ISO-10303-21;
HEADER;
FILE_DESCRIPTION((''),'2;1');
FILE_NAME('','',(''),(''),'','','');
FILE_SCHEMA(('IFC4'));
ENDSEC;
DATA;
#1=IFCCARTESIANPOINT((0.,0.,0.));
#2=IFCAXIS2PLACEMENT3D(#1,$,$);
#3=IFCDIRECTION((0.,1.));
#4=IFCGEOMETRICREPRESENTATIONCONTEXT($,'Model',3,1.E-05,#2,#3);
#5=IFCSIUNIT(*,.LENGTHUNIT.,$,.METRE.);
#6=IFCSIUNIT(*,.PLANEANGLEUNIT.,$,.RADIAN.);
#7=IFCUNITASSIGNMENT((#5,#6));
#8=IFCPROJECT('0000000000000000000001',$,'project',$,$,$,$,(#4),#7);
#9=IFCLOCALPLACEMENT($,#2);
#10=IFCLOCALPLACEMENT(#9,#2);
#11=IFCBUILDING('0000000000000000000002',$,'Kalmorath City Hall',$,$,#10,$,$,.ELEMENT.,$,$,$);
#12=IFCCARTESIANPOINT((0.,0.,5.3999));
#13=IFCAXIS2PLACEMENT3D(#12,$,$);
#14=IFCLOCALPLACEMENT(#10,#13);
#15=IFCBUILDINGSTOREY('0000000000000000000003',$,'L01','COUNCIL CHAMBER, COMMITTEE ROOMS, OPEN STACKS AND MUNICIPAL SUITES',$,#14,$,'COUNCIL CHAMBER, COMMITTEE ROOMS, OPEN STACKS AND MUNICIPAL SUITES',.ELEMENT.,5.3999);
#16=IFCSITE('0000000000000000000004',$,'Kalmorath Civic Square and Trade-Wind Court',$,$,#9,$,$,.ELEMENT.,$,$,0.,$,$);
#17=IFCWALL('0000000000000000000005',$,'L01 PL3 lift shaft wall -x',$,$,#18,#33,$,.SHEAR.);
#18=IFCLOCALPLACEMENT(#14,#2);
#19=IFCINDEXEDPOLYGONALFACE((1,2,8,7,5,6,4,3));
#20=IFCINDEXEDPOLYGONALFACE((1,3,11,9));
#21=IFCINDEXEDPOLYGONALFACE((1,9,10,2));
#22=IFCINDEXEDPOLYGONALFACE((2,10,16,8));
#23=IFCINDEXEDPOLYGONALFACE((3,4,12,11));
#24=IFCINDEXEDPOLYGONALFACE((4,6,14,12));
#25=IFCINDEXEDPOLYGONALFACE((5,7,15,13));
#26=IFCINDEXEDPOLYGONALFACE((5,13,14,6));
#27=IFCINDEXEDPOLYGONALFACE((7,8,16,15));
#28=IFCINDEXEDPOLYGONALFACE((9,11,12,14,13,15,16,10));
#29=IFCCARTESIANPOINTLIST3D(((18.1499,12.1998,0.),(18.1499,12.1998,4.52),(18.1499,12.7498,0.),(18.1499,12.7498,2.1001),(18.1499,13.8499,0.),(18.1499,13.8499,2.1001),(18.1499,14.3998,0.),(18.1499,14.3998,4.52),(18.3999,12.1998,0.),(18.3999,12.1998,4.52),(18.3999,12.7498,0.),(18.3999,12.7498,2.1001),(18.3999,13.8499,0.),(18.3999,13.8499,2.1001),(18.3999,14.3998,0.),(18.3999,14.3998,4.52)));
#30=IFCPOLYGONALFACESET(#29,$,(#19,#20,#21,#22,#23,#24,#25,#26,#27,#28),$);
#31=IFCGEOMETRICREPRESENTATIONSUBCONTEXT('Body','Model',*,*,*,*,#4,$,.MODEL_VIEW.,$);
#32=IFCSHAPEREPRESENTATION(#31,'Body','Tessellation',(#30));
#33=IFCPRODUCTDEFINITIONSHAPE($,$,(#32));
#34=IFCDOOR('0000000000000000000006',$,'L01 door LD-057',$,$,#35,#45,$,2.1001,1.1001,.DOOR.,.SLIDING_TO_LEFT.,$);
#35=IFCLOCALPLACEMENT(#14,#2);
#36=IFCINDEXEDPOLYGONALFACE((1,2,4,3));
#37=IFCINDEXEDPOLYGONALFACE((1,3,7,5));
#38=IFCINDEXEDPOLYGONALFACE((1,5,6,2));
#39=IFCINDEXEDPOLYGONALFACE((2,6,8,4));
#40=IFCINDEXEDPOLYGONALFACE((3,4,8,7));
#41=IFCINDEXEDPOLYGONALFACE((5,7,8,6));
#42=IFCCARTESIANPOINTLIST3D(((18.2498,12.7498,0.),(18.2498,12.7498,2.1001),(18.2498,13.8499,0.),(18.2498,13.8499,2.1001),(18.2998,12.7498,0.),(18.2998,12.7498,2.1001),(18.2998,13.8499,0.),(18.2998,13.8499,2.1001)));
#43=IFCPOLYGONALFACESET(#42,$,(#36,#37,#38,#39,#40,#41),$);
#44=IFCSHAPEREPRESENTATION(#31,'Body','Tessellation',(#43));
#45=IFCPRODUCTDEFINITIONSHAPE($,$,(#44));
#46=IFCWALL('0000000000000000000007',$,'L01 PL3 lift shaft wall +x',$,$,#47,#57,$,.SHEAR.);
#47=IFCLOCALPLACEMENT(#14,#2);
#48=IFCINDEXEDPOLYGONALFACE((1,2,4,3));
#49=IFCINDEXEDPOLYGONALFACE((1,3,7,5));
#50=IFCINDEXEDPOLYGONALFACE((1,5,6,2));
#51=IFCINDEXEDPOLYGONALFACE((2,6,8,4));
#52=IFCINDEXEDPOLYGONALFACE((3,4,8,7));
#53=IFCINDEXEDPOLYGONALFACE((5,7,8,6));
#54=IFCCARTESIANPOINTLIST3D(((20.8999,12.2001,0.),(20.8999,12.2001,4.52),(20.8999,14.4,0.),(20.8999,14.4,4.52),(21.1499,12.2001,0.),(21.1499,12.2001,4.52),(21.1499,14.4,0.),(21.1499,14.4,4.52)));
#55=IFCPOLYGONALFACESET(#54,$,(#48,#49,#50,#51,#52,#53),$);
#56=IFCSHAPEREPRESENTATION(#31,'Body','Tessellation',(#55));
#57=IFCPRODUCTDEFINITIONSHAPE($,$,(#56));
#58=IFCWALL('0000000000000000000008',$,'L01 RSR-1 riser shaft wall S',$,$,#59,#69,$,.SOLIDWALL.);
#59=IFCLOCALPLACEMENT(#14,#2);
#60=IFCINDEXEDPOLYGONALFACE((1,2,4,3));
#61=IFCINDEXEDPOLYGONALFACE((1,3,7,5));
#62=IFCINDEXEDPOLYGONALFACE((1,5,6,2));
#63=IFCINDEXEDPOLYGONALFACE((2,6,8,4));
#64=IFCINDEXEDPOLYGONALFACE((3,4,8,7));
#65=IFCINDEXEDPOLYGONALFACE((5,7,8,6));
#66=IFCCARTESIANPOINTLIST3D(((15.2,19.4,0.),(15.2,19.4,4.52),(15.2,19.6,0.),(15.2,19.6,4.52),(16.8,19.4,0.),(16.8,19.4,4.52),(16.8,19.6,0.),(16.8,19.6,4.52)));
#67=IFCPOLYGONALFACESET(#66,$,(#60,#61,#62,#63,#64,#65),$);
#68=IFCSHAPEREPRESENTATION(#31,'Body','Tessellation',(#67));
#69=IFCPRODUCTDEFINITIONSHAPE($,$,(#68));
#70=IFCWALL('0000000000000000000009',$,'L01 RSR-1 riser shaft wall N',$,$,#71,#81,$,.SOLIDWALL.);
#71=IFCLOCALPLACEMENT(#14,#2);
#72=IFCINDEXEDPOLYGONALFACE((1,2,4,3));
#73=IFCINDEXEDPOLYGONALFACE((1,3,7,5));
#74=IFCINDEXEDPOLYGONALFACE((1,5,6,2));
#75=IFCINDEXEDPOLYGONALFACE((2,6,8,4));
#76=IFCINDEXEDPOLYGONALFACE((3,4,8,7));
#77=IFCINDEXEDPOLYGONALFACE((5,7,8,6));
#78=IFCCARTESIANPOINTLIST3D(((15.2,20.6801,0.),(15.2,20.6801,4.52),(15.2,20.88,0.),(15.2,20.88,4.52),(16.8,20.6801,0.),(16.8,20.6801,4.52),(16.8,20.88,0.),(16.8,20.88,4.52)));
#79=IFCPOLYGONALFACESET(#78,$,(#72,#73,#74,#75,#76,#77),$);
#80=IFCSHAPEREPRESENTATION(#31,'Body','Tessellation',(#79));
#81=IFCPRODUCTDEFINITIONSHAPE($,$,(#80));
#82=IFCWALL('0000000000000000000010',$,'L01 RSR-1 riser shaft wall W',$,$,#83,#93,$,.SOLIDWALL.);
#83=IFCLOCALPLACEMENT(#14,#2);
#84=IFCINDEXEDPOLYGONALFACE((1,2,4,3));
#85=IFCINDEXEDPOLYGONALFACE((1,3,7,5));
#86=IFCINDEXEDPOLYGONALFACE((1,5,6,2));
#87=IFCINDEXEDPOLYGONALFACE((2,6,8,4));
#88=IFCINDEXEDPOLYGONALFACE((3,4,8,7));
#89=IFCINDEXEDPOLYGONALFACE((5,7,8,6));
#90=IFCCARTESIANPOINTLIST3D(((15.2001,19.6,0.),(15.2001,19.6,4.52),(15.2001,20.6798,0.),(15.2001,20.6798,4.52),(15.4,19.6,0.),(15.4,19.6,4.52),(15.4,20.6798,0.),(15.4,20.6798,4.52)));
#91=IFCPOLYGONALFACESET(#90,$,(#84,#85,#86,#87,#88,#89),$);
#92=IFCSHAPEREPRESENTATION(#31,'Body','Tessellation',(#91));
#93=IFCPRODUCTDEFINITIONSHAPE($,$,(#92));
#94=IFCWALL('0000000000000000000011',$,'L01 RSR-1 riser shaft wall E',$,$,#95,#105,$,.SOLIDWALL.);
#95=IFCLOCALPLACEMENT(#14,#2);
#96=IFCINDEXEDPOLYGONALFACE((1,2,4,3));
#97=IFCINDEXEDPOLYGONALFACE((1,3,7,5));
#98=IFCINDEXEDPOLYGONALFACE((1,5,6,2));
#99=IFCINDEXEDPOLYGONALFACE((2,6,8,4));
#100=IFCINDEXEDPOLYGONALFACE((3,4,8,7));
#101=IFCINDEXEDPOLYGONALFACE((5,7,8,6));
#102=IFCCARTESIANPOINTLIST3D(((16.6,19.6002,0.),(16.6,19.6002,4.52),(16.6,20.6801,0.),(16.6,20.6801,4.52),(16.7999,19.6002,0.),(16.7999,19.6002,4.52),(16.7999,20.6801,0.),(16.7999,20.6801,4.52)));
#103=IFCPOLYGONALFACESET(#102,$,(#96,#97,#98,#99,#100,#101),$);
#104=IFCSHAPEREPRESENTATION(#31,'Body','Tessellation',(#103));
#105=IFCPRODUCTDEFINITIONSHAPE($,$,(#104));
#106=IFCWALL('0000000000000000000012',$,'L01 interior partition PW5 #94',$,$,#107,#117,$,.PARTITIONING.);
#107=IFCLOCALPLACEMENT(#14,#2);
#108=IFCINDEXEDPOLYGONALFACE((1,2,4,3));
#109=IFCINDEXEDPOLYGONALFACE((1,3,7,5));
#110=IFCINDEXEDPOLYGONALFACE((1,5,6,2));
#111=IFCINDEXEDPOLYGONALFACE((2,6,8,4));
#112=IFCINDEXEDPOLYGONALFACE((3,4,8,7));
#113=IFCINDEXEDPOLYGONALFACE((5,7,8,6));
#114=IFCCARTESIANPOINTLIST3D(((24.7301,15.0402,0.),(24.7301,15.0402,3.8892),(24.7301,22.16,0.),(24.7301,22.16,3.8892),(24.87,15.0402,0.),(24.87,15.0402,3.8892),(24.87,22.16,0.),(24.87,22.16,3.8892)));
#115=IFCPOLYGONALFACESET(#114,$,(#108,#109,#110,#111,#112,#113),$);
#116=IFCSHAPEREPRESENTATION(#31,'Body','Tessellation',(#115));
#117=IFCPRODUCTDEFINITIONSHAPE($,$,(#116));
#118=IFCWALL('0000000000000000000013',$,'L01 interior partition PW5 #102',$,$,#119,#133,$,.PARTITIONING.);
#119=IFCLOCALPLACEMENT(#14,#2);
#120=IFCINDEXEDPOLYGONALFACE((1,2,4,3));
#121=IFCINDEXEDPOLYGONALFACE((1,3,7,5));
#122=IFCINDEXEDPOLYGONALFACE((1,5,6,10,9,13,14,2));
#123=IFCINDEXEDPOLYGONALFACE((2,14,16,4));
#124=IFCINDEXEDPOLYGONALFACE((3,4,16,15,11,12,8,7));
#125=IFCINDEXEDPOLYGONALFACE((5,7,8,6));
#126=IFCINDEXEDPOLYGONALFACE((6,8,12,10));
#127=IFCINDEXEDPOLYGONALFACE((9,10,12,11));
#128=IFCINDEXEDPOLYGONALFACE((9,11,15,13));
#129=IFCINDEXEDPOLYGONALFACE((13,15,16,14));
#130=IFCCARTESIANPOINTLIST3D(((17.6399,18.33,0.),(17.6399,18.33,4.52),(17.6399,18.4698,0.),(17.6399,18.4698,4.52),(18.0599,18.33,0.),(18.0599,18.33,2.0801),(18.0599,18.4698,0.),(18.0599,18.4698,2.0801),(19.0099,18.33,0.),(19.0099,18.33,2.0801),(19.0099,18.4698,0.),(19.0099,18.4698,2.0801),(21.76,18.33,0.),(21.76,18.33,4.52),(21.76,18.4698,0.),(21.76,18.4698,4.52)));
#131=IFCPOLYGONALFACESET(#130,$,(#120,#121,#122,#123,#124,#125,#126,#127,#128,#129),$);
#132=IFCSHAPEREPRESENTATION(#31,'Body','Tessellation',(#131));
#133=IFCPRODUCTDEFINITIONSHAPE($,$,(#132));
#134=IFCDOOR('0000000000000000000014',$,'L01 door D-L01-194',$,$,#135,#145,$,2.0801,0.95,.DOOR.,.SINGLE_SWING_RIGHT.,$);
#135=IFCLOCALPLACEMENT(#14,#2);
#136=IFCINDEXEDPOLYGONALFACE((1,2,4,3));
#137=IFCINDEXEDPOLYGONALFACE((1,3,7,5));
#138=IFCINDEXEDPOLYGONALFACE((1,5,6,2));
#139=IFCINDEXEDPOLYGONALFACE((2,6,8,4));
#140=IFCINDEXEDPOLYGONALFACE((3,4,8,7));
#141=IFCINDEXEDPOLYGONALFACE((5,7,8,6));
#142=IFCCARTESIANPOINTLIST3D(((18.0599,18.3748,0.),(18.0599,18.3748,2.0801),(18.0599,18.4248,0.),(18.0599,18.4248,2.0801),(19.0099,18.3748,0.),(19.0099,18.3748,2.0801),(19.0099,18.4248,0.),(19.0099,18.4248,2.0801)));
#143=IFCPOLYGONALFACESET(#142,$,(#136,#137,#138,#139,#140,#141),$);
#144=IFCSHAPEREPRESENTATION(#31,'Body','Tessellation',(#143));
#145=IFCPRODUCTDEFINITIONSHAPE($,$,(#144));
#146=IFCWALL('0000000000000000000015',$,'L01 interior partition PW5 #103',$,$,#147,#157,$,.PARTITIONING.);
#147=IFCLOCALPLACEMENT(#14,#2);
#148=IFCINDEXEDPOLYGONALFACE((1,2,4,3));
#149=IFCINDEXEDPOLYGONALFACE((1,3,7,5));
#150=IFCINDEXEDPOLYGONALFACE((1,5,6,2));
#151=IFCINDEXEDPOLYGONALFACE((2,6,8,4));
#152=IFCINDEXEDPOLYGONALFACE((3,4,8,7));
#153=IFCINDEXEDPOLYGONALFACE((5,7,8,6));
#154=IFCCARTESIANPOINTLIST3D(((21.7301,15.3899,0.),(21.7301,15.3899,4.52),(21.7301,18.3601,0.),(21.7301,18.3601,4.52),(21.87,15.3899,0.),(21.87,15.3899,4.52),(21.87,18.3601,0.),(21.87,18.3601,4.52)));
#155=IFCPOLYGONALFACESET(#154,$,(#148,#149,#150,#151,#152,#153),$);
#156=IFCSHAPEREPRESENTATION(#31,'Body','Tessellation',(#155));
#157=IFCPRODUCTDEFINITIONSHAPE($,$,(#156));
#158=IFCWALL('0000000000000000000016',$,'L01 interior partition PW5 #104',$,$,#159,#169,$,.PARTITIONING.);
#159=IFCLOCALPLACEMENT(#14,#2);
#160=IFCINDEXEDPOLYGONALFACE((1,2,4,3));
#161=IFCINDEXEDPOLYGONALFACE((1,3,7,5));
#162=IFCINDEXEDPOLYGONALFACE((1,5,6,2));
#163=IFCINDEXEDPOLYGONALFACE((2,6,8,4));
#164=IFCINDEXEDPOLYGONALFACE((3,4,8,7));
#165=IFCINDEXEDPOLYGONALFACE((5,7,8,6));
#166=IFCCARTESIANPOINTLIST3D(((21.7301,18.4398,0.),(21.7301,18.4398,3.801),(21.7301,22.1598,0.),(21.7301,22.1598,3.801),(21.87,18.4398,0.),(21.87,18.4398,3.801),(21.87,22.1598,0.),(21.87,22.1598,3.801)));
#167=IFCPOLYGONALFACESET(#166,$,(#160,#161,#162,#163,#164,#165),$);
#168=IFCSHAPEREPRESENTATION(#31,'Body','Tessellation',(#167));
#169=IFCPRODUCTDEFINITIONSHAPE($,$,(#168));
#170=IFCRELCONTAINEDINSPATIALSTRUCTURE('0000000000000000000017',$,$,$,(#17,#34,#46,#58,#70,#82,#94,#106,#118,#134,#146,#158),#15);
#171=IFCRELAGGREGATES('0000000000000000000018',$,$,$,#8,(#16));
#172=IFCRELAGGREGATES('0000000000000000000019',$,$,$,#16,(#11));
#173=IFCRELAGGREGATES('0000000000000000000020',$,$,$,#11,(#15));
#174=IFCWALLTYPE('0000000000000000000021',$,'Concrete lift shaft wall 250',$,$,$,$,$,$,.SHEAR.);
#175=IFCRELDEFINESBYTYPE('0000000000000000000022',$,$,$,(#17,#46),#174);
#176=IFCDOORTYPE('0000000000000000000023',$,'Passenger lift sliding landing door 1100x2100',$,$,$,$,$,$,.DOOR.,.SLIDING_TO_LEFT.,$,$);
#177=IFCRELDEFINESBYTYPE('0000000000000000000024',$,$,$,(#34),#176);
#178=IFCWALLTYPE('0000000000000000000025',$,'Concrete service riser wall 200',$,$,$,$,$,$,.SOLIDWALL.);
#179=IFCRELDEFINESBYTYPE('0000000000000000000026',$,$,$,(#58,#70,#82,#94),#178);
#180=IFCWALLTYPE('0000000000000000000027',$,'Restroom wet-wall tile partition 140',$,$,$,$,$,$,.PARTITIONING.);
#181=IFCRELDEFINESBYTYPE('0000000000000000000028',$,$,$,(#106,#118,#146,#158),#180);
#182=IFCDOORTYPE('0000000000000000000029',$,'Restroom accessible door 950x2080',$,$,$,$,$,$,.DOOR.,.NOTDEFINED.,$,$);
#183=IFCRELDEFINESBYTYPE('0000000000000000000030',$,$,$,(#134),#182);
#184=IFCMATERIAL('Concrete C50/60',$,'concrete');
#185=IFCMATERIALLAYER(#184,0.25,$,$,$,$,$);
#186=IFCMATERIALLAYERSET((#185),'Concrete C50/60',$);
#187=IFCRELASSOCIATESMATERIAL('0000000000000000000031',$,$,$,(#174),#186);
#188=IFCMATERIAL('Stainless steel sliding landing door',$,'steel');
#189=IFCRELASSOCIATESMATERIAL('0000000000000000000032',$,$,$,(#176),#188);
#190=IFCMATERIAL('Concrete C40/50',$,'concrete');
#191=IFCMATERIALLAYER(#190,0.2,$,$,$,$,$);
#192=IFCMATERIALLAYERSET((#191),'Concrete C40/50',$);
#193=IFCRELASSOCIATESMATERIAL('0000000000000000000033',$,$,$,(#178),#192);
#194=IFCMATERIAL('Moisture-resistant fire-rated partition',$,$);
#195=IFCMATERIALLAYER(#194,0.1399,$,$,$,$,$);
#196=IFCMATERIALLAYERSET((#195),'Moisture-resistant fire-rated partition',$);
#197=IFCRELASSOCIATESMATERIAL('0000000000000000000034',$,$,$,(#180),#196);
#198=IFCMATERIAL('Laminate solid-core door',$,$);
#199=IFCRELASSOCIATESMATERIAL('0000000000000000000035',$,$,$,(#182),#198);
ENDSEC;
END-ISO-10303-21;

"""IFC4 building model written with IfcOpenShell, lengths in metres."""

from ifc_helpers import new_model, si_unit, direction, frame, frame_2d, origin, place, context, subcontext, project, spatial, rectangle, extrude, material, layer, layer_set, type_object, element, fill, save


model = new_model("IFC4")

# Units and contexts
model_context = context("Model", 3, precision=1e-05, world=origin(), true_north=direction((0.0, 1.0)))
body_context = subcontext(model_context, "Body", "Model", "MODEL_VIEW")
ifc_project = project(units=[si_unit("LENGTHUNIT", "METRE"), si_unit("PLANEANGLEUNIT", "RADIAN")], contexts=[model_context])

# Site, building, storey
site_placement = place(None, origin())
site = spatial("IfcSite", under=ifc_project, at=site_placement, Name="Kalmorath Civic Square and Trade-Wind Court", CompositionType="ELEMENT", RefElevation=0.0)
building_placement = place(site_placement, origin())
building = spatial("IfcBuilding", under=site, at=building_placement, Name="Kalmorath City Hall", CompositionType="ELEMENT")
storey_placement = place(building_placement, frame((0.0, 0.0, 5.3999)))
storey = spatial("IfcBuildingStorey", under=building, at=storey_placement, Name="L01", Description="COUNCIL CHAMBER, COMMITTEE ROOMS, OPEN STACKS AND MUNICIPAL SUITES", LongName="COUNCIL CHAMBER, COMMITTEE ROOMS, OPEN STACKS AND MUNICIPAL SUITES", CompositionType="ELEMENT", Elevation=5.3999)

# Shared definitions
ifc_material_1 = material(Name="Concrete C50/60", Category="concrete")
ifc_layer_1 = layer(ifc_material_1, 0.25)
ifc_layer_set_1 = layer_set([ifc_layer_1], Name="Concrete C50/60")
wall_type_1 = type_object("IfcWallType", Name="Concrete lift shaft wall 250", PredefinedType="SHEAR", material=ifc_layer_set_1)

# Wall, opening, door
wall_1_placement = place(storey_placement, frame((18.2749, 14.3999, 0.0), z_axis=(0.0, 0.0, 1.0), x_axis=(0.0, -1.0, 0.0)))
wall_1 = element("IfcWall", 1, at=wall_1_placement, inside=storey, type_object=wall_type_1, Name="L01 PL3 lift shaft wall -x", PredefinedType="SHEAR", context=body_context, shape_type="SweptSolid", body=[
    extrude(rectangle(XDim=2.2, YDim=0.25, at=frame_2d((1.1001, 0.0))), origin(), (0.0, 0.0, 1.0), 4.52),
])
opening_1_placement = place(wall_1_placement, frame((0.55, 0.0, 0.0)))
opening_1 = element("IfcOpeningElement", 2, at=opening_1_placement, cuts=wall_1, PredefinedType="OPENING", context=body_context, shape_type="SweptSolid", body=[
    extrude(rectangle(XDim=1.1001, YDim=2.1001, at=frame_2d((0.55, 1.05))), frame((0.0, 0.135, 0.0), z_axis=(0.0, -1.0, 0.0), x_axis=(1.0, 0.0, 0.0)), (0.0, 0.0, 1.0), 0.27),
])
ifc_material_2 = material(Name="Stainless steel sliding landing door", Category="steel")
door_type_1 = type_object("IfcDoorType", Name="Passenger lift sliding landing door 1100x2100", OperationType="SLIDING_TO_LEFT", PredefinedType="DOOR", material=ifc_material_2)
door_1_placement = place(opening_1_placement, origin())
door_1 = element("IfcDoor", 3, at=door_1_placement, inside=storey, type_object=door_type_1, Name="L01 door LD-057", OperationType="SLIDING_TO_LEFT", OverallHeight=2.1001, OverallWidth=1.1001, PredefinedType="DOOR", context=body_context, shape_type="SweptSolid", body=[
    extrude(rectangle(XDim=1.1001, YDim=2.1001, at=frame_2d((0.55, 1.05))), frame((0.0, 0.0249, 0.0), z_axis=(0.0, -1.0, 0.0), x_axis=(1.0, 0.0, 0.0)), (0.0, 0.0, 1.0), 0.05),
])
fill(opening_1, door_1)

# Walls
wall_2_placement = place(storey_placement, frame((21.0249, 12.2, 0.0), z_axis=(0.0, 0.0, 1.0), x_axis=(0.0, 1.0, 0.0)))
element("IfcWall", 4, at=wall_2_placement, inside=storey, type_object=wall_type_1, Name="L01 PL3 lift shaft wall +x", PredefinedType="SHEAR", context=body_context, shape_type="SweptSolid", body=[
    extrude(rectangle(XDim=2.2, YDim=0.25, at=frame_2d((1.1001, 0.0))), origin(), (0.0, 0.0, 1.0), 4.52),
])
ifc_material_3 = material(Name="Concrete C40/50", Category="concrete")
ifc_layer_2 = layer(ifc_material_3, 0.2)
ifc_layer_set_2 = layer_set([ifc_layer_2], Name="Concrete C40/50")
wall_type_2 = type_object("IfcWallType", Name="Concrete service riser wall 200", PredefinedType="SOLIDWALL", material=ifc_layer_set_2)
for number, where, z_axis, x_axis, name in (
    (5, (15.2, 19.5, 0.0), (0.0, 0.0, 1.0), (1.0, 0.0, 0.0), "L01 RSR-1 riser shaft wall S"),
    (6, (16.8, 20.78, 0.0), (0.0, 0.0, 1.0), (-1.0, 0.0, 0.0), "L01 RSR-1 riser shaft wall N"),
):
    element("IfcWall", number, at=place(storey_placement, frame(where, z_axis=z_axis, x_axis=x_axis)), inside=storey, type_object=wall_type_2, Name=name, PredefinedType="SOLIDWALL", context=body_context, shape_type="SweptSolid", body=[
        extrude(rectangle(XDim=1.6001, YDim=0.2, at=frame_2d((0.8, 0.0))), origin(), (0.0, 0.0, 1.0), 4.52),
    ])
for number, where, z_axis, x_axis, name in (
    (7, (15.3, 20.6799, 0.0), (0.0, 0.0, 1.0), (0.0, -1.0, 0.0), "L01 RSR-1 riser shaft wall W"),
    (8, (16.7, 19.6001, 0.0), (0.0, 0.0, 1.0), (0.0, 1.0, 0.0), "L01 RSR-1 riser shaft wall E"),
):
    element("IfcWall", number, at=place(storey_placement, frame(where, z_axis=z_axis, x_axis=x_axis)), inside=storey, type_object=wall_type_2, Name=name, PredefinedType="SOLIDWALL", context=body_context, shape_type="SweptSolid", body=[
        extrude(rectangle(XDim=1.0798, YDim=0.2, at=frame_2d((0.54, 0.0))), origin(), (0.0, 0.0, 1.0), 4.52),
    ])
ifc_material_4 = material(Name="Moisture-resistant fire-rated partition")
ifc_layer_3 = layer(ifc_material_4, 0.1399)
ifc_layer_set_3 = layer_set([ifc_layer_3], Name="Moisture-resistant fire-rated partition")
wall_type_3 = type_object("IfcWallType", Name="Restroom wet-wall tile partition 140", PredefinedType="PARTITIONING", material=ifc_layer_set_3)
wall_3_placement = place(storey_placement, frame((24.8, 15.04, 0.0), z_axis=(0.0, 0.0, 1.0), x_axis=(0.0, 1.0, 0.0)))
element("IfcWall", 9, at=wall_3_placement, inside=storey, type_object=wall_type_3, Name="L01 interior partition PW5 #94", PredefinedType="PARTITIONING", context=body_context, shape_type="SweptSolid", body=[
    extrude(rectangle(XDim=7.1199, YDim=0.1399, at=frame_2d((3.5601, 0.0))), origin(), (0.0, 0.0, 1.0), 3.8892),
])

# Wall, opening, door
wall_4_placement = place(storey_placement, frame((17.6399, 18.3999, 0.0), z_axis=(0.0, 0.0, 1.0), x_axis=(1.0, 0.0, 0.0)))
wall_4 = element("IfcWall", 10, at=wall_4_placement, inside=storey, type_object=wall_type_3, Name="L01 interior partition PW5 #102", PredefinedType="PARTITIONING", context=body_context, shape_type="SweptSolid", body=[
    extrude(rectangle(XDim=4.1201, YDim=0.1399, at=frame_2d((2.0601, 0.0))), origin(), (0.0, 0.0, 1.0), 4.52),
])
opening_2_placement = place(wall_4_placement, frame((0.4199, 0.0, 0.0)))
opening_2 = element("IfcOpeningElement", 11, at=opening_2_placement, cuts=wall_4, PredefinedType="OPENING", context=body_context, shape_type="SweptSolid", body=[
    extrude(rectangle(XDim=0.95, YDim=2.0801, at=frame_2d((0.4751, 1.04))), frame((0.0, 0.0798, 0.0), z_axis=(0.0, -1.0, 0.0), x_axis=(1.0, 0.0, 0.0)), (0.0, 0.0, 1.0), 0.1599),
])
ifc_material_5 = material(Name="Laminate solid-core door")
door_type_2 = type_object("IfcDoorType", Name="Restroom accessible door 950x2080", OperationType="NOTDEFINED", PredefinedType="DOOR", material=ifc_material_5)
door_2_placement = place(opening_2_placement, origin())
door_2 = element("IfcDoor", 12, at=door_2_placement, inside=storey, type_object=door_type_2, Name="L01 door D-L01-194", OperationType="SINGLE_SWING_RIGHT", OverallHeight=2.0801, OverallWidth=0.95, PredefinedType="DOOR", context=body_context, shape_type="SweptSolid", body=[
    extrude(rectangle(XDim=0.95, YDim=2.0801, at=frame_2d((0.4751, 1.04))), frame((0.0, 0.0249, 0.0), z_axis=(0.0, -1.0, 0.0), x_axis=(1.0, 0.0, 0.0)), (0.0, 0.0, 1.0), 0.05),
])
fill(opening_2, door_2)

# Walls
wall_5_placement = place(storey_placement, frame((21.8, 15.3899, 0.0), z_axis=(0.0, 0.0, 1.0), x_axis=(0.0, 1.0, 0.0)))
element("IfcWall", 13, at=wall_5_placement, inside=storey, type_object=wall_type_3, Name="L01 interior partition PW5 #103", PredefinedType="PARTITIONING", context=body_context, shape_type="SweptSolid", body=[
    extrude(rectangle(XDim=2.9702, YDim=0.1399, at=frame_2d((1.4851, 0.0))), origin(), (0.0, 0.0, 1.0), 4.52),
])
wall_6_placement = place(storey_placement, frame((21.8, 18.4399, 0.0), z_axis=(0.0, 0.0, 1.0), x_axis=(0.0, 1.0, 0.0)))
element("IfcWall", 14, at=wall_6_placement, inside=storey, type_object=wall_type_3, Name="L01 interior partition PW5 #104", PredefinedType="PARTITIONING", context=body_context, shape_type="SweptSolid", body=[
    extrude(rectangle(XDim=3.72, YDim=0.1399, at=frame_2d((1.8599, 0.0))), origin(), (0.0, 0.0, 1.0), 3.801),
])

save(model, "model.ifc")
